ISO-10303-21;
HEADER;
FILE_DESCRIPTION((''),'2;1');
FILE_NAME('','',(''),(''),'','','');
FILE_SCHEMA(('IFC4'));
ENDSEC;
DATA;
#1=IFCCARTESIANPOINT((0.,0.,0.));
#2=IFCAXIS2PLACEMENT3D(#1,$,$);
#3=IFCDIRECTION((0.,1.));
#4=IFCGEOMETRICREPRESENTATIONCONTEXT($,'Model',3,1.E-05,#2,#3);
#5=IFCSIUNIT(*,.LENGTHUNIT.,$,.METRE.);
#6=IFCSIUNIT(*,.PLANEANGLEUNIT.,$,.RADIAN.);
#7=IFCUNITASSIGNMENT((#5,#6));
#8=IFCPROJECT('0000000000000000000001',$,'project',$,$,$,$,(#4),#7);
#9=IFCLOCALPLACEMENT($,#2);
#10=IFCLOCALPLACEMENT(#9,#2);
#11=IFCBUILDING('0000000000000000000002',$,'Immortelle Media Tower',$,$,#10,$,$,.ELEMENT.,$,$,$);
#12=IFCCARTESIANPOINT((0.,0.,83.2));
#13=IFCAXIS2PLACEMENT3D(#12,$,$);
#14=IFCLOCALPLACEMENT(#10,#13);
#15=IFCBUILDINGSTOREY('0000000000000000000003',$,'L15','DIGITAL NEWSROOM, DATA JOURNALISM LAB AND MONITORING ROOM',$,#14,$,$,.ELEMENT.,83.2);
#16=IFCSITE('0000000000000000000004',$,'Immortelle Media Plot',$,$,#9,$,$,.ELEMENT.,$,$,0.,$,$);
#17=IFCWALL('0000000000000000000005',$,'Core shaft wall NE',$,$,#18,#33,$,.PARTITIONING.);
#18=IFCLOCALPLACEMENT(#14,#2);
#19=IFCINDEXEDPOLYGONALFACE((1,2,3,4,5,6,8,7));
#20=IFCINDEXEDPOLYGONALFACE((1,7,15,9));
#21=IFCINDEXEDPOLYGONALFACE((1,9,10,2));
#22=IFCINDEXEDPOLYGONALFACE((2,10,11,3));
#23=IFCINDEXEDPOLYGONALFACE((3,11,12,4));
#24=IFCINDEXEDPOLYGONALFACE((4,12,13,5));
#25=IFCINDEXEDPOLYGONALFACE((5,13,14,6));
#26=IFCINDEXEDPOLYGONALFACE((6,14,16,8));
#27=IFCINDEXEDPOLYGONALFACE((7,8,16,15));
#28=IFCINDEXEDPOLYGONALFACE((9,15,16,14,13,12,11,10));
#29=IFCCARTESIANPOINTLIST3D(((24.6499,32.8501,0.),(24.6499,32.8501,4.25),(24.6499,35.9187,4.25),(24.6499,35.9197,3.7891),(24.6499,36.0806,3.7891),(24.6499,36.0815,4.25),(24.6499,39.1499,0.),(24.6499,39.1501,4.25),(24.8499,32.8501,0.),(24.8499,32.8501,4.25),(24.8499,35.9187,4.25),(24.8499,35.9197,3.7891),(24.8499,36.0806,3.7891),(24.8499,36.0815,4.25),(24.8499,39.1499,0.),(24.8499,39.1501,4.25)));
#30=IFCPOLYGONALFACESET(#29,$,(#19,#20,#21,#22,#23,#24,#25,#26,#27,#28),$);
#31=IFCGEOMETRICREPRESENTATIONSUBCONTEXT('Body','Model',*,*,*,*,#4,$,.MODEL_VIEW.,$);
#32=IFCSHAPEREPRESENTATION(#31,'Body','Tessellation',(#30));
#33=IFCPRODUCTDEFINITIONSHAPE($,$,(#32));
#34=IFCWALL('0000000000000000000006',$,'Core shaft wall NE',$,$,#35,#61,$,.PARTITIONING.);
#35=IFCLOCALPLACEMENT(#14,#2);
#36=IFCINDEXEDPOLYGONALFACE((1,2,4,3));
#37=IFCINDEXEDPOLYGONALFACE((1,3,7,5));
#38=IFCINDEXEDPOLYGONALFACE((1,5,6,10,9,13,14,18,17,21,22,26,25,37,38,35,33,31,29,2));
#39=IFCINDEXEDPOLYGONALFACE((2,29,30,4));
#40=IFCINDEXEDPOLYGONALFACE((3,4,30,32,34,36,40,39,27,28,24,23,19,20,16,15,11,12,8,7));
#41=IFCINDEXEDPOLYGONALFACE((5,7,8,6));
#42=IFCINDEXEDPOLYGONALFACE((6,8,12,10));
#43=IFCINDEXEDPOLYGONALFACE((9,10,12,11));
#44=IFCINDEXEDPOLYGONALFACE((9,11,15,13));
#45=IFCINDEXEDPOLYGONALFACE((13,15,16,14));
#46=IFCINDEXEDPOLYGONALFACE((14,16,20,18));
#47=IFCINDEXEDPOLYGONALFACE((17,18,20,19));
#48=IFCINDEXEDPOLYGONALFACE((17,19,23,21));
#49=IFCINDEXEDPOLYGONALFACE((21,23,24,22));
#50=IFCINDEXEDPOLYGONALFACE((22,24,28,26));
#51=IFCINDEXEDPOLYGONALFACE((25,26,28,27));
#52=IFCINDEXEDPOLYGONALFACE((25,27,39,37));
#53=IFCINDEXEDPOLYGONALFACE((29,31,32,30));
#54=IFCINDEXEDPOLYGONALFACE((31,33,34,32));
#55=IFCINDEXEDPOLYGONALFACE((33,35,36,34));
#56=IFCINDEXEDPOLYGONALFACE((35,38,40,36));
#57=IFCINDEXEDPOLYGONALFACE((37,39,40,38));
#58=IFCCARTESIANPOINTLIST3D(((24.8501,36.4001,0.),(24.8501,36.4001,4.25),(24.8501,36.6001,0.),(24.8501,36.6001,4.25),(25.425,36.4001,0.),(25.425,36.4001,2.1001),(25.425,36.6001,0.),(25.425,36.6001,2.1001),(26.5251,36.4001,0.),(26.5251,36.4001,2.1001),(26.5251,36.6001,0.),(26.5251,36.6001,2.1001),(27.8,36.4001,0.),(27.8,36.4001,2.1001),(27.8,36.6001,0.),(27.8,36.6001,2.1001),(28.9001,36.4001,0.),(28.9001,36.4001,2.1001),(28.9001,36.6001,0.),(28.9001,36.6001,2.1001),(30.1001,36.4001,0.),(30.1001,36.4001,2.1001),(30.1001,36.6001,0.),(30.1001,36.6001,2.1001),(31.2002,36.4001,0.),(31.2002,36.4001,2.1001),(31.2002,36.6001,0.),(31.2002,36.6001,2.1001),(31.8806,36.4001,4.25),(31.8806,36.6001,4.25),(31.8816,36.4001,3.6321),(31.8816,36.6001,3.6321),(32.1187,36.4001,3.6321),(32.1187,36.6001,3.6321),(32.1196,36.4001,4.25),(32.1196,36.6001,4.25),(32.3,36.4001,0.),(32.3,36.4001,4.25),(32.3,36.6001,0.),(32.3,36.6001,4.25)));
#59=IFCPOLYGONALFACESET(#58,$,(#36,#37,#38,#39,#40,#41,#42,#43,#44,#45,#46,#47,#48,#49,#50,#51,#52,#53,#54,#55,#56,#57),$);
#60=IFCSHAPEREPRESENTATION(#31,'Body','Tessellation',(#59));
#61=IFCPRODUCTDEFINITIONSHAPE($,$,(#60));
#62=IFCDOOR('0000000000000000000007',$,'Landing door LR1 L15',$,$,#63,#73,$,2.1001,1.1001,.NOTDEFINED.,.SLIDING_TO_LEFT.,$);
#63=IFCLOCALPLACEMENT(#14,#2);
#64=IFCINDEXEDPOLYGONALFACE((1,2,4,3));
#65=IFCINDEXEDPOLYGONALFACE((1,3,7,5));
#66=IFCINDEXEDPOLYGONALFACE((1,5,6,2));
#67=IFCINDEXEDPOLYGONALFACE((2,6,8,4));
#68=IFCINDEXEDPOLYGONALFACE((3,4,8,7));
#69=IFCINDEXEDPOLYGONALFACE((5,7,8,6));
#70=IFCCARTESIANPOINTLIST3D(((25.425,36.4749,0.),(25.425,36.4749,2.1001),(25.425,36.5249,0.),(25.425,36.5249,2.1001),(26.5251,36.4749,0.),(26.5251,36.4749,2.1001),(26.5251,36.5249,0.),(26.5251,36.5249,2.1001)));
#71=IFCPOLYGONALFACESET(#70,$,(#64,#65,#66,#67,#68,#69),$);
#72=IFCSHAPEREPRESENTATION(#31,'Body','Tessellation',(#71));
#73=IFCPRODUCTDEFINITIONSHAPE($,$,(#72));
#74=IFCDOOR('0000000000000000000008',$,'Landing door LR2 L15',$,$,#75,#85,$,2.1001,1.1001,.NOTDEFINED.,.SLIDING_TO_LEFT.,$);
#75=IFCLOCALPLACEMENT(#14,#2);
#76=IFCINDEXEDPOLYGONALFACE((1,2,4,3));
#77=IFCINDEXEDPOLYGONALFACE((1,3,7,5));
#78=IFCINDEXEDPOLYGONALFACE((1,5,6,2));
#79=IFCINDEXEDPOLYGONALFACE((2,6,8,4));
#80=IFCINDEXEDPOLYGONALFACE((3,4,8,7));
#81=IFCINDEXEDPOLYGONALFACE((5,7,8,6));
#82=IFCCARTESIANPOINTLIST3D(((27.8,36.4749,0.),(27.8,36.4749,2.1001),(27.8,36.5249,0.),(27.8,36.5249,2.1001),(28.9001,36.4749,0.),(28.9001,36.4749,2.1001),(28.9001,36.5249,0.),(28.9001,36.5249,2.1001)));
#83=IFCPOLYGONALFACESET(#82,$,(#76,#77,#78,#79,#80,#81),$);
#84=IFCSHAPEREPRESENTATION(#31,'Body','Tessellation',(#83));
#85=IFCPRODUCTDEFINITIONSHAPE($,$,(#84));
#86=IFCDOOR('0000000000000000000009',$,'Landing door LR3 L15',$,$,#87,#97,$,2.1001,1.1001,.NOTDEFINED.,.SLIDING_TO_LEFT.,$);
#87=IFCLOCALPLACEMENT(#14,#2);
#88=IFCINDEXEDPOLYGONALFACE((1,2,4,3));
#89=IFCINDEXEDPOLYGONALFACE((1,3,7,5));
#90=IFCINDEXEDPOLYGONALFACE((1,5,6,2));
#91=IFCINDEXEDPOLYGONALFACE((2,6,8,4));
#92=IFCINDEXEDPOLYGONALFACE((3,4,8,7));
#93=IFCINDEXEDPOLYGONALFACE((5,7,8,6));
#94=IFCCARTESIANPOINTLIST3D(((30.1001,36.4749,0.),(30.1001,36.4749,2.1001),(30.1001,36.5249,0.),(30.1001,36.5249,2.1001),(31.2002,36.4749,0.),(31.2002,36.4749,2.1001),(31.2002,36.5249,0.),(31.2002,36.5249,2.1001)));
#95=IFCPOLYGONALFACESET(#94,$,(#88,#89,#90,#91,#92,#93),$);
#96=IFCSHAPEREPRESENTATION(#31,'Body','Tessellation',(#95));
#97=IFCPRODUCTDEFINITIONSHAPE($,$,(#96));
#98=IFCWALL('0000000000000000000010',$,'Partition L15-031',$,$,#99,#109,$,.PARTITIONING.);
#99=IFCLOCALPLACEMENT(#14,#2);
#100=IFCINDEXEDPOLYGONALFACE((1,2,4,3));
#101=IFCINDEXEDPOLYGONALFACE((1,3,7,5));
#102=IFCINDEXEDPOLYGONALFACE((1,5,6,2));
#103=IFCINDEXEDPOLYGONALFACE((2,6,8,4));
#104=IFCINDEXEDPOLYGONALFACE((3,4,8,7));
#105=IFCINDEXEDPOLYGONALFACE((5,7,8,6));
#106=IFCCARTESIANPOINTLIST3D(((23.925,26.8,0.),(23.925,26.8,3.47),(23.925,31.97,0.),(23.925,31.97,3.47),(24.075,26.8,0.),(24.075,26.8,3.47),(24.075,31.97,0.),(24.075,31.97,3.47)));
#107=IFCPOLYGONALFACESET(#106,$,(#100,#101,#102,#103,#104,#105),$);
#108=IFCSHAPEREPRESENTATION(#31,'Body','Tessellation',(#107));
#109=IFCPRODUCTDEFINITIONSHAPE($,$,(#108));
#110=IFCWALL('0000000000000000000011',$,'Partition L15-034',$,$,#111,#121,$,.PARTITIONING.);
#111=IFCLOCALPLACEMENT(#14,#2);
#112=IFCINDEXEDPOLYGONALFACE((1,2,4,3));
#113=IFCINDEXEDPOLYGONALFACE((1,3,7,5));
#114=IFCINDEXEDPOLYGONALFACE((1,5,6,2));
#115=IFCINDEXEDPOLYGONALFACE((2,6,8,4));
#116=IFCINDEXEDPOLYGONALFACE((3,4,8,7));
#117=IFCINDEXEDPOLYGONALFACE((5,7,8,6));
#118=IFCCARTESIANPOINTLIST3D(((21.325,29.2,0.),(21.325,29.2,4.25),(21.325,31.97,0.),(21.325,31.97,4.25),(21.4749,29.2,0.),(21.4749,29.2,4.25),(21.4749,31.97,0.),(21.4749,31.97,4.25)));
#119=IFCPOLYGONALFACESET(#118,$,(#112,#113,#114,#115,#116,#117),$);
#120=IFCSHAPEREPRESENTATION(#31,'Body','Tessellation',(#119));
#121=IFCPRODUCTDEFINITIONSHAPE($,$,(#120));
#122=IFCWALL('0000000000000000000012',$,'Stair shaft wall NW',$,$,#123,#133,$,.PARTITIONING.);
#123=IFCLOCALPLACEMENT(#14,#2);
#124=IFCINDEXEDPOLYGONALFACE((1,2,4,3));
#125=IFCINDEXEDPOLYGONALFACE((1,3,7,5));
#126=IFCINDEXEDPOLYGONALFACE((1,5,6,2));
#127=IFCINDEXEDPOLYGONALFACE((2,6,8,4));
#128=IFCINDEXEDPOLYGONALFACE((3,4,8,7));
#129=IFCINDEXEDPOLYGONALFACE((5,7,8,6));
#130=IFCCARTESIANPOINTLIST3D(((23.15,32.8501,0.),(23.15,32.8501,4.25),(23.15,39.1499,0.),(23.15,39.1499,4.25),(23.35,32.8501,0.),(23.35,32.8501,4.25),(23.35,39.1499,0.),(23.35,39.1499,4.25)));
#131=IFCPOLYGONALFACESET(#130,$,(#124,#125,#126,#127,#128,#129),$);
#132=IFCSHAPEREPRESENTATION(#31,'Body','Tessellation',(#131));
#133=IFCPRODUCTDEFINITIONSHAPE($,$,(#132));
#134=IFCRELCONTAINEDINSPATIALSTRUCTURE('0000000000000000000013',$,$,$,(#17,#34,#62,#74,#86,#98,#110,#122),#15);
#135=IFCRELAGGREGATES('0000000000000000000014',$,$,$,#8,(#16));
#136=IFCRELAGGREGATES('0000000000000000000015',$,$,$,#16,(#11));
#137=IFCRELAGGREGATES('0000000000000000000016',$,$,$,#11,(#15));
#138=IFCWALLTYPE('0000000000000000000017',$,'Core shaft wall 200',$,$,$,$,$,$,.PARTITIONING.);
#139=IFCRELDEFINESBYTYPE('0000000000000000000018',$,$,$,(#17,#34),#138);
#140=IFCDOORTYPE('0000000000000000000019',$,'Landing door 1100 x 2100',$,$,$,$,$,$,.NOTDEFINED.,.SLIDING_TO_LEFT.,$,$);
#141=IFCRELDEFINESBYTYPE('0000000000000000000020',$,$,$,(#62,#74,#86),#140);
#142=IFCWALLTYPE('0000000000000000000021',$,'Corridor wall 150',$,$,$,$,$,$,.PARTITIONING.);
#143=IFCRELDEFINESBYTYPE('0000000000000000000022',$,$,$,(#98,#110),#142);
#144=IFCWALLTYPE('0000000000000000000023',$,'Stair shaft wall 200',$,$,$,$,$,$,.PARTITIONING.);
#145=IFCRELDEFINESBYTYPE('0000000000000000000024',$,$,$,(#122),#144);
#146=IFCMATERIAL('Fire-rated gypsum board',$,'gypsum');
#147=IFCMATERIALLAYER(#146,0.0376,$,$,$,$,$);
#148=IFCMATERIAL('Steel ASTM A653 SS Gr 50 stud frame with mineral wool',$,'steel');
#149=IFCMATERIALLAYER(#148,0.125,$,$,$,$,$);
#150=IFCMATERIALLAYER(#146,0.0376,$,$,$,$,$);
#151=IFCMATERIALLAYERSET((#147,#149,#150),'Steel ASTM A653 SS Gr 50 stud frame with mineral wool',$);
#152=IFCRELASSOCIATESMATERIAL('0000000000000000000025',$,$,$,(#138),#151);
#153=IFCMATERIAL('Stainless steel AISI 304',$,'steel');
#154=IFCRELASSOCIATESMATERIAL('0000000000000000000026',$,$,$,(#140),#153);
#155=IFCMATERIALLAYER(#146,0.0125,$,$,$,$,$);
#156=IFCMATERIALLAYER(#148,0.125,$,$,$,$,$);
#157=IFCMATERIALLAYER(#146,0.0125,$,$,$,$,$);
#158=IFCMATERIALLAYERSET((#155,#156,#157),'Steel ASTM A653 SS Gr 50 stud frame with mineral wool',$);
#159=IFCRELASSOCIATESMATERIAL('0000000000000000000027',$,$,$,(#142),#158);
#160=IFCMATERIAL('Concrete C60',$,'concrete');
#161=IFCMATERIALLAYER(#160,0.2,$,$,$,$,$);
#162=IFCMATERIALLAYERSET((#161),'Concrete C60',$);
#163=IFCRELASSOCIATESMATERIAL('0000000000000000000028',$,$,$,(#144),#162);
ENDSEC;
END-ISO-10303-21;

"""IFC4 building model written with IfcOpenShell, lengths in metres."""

from ifc_helpers import new_model, si_unit, direction, frame, frame_2d, origin, place, context, subcontext, project, spatial, polyline, rectangle, outline, extrude, material, layer, layer_set, type_object, element, fill, save


model = new_model("IFC4")

# Units and contexts
model_context = context("Model", 3, precision=1e-05, world=origin(), true_north=direction((0.0, 1.0)))
body_context = subcontext(model_context, "Body", "Model", "MODEL_VIEW")
ifc_project = project(units=[si_unit("LENGTHUNIT", "METRE"), si_unit("PLANEANGLEUNIT", "RADIAN")], contexts=[model_context])

# Site, building, storey
site_placement = place(None, origin())
site = spatial("IfcSite", under=ifc_project, at=site_placement, Name="Immortelle Media Plot", CompositionType="ELEMENT", RefElevation=0.0)
building_placement = place(site_placement, origin())
building = spatial("IfcBuilding", under=site, at=building_placement, Name="Immortelle Media Tower", CompositionType="ELEMENT")
storey_placement = place(building_placement, frame((0.0, 0.0, 83.2)))
storey = spatial("IfcBuildingStorey", under=building, at=storey_placement, Name="L15", Description="DIGITAL NEWSROOM, DATA JOURNALISM LAB AND MONITORING ROOM", CompositionType="ELEMENT", Elevation=83.2)

# Shared definitions
ifc_material_1 = material(Name="Fire-rated gypsum board", Category="gypsum")
ifc_material_2 = material(Name="Steel ASTM A653 SS Gr 50 stud frame with mineral wool", Category="steel")

# Wall
ifc_layer_1 = layer(ifc_material_1, 0.0376)
ifc_layer_2 = layer(ifc_material_2, 0.125)
ifc_layer_3 = layer(ifc_material_1, 0.0376)
ifc_layer_set_1 = layer_set([ifc_layer_1, ifc_layer_2, ifc_layer_3], Name="Steel ASTM A653 SS Gr 50 stud frame with mineral wool")
wall_type_1 = type_object("IfcWallType", Name="Core shaft wall 200", PredefinedType="PARTITIONING", material=ifc_layer_set_1)
wall_1_placement = place(storey_placement, frame((24.75, 32.8501, 0.0), z_axis=(0.0, 0.0, 1.0), x_axis=(0.0, 1.0, 0.0)))
element("IfcWall", 1, at=wall_1_placement, inside=storey, type_object=wall_type_1, Name="Core shaft wall NE", PredefinedType="PARTITIONING", context=body_context, shape_type="SweptSolid", body=[
    extrude(outline(polyline([(0.0, 0.0), (6.2998, 0.0), (6.3, 4.25), (3.2314, 4.25), (3.2305, 3.7891), (3.0696, 3.7891), (3.0686, 4.25), (0.0, 4.25), (0.0, 0.0)])), frame((0.0, 0.1001, 0.0), z_axis=(0.0, -1.0, 0.0), x_axis=(1.0, 0.0, 0.0)), (0.0, 0.0, 1.0), 0.2),
])

# Wall, openings, doors
wall_2_placement = place(storey_placement, frame((24.8501, 36.5, 0.0), z_axis=(0.0, 0.0, 1.0), x_axis=(1.0, 0.0, 0.0)))
wall_2 = element("IfcWall", 2, at=wall_2_placement, inside=storey, type_object=wall_type_1, Name="Core shaft wall NE", PredefinedType="PARTITIONING", context=body_context, shape_type="SweptSolid", body=[
    extrude(outline(polyline([(0.0, 0.0), (7.45, 0.0), (7.45, 4.25), (7.2695, 4.25), (7.2686, 3.6321), (7.0315, 3.6321), (7.0305, 4.25), (0.0, 4.25), (0.0, 0.0)])), frame((0.0, 0.1001, 0.0), z_axis=(0.0, -1.0, 0.0), x_axis=(1.0, 0.0, 0.0)), (0.0, 0.0, 1.0), 0.2),
])
opening_1_placement = place(wall_2_placement, frame((0.575, 0.0, 0.0)))
opening_1 = element("IfcOpeningElement", 3, at=opening_1_placement, cuts=wall_2, PredefinedType="OPENING", context=body_context, shape_type="SweptSolid", body=[
    extrude(rectangle(XDim=1.1001, YDim=2.1001, at=frame_2d((0.55, 1.05))), frame((0.0, 0.1099, 0.0), z_axis=(0.0, -1.0, 0.0), x_axis=(1.0, 0.0, 0.0)), (0.0, 0.0, 1.0), 0.22),
])
opening_2_placement = place(wall_2_placement, frame((2.95, 0.0, 0.0)))
opening_2 = element("IfcOpeningElement", 4, at=opening_2_placement, cuts=wall_2, PredefinedType="OPENING", context=body_context, shape_type="SweptSolid", body=[
    extrude(rectangle(XDim=1.1001, YDim=2.1001, at=frame_2d((0.55, 1.05))), frame((0.0, 0.1099, 0.0), z_axis=(0.0, -1.0, 0.0), x_axis=(1.0, 0.0, 0.0)), (0.0, 0.0, 1.0), 0.22),
])
opening_3_placement = place(wall_2_placement, frame((5.25, 0.0, 0.0)))
opening_3 = element("IfcOpeningElement", 5, at=opening_3_placement, cuts=wall_2, PredefinedType="OPENING", context=body_context, shape_type="SweptSolid", body=[
    extrude(rectangle(XDim=1.1001, YDim=2.1001, at=frame_2d((0.55, 1.05))), frame((0.0, 0.1099, 0.0), z_axis=(0.0, -1.0, 0.0), x_axis=(1.0, 0.0, 0.0)), (0.0, 0.0, 1.0), 0.22),
])
ifc_material_3 = material(Name="Stainless steel AISI 304", Category="steel")
door_type_1 = type_object("IfcDoorType", Name="Landing door 1100 x 2100", OperationType="SLIDING_TO_LEFT", PredefinedType="NOTDEFINED", material=ifc_material_3)
door_1_placement = place(opening_1_placement, origin())
door_1 = element("IfcDoor", 6, at=door_1_placement, inside=storey, type_object=door_type_1, Name="Landing door LR1 L15", OperationType="SLIDING_TO_LEFT", OverallHeight=2.1001, OverallWidth=1.1001, PredefinedType="NOTDEFINED", context=body_context, shape_type="SweptSolid", body=[
    extrude(rectangle(XDim=1.1001, YDim=2.1001, at=frame_2d((0.55, 1.05))), frame((0.0, 0.0249, 0.0), z_axis=(0.0, -1.0, 0.0), x_axis=(1.0, 0.0, 0.0)), (0.0, 0.0, 1.0), 0.05),
])
fill(opening_1, door_1)
door_2_placement = place(opening_2_placement, origin())
door_2 = element("IfcDoor", 7, at=door_2_placement, inside=storey, type_object=door_type_1, Name="Landing door LR2 L15", OperationType="SLIDING_TO_LEFT", OverallHeight=2.1001, OverallWidth=1.1001, PredefinedType="NOTDEFINED", context=body_context, shape_type="SweptSolid", body=[
    extrude(rectangle(XDim=1.1001, YDim=2.1001, at=frame_2d((0.55, 1.05))), frame((0.0, 0.0249, 0.0), z_axis=(0.0, -1.0, 0.0), x_axis=(1.0, 0.0, 0.0)), (0.0, 0.0, 1.0), 0.05),
])
fill(opening_2, door_2)
door_3_placement = place(opening_3_placement, origin())
door_3 = element("IfcDoor", 8, at=door_3_placement, inside=storey, type_object=door_type_1, Name="Landing door LR3 L15", OperationType="SLIDING_TO_LEFT", OverallHeight=2.1001, OverallWidth=1.1001, PredefinedType="NOTDEFINED", context=body_context, shape_type="SweptSolid", body=[
    extrude(rectangle(XDim=1.1001, YDim=2.1001, at=frame_2d((0.55, 1.05))), frame((0.0, 0.0249, 0.0), z_axis=(0.0, -1.0, 0.0), x_axis=(1.0, 0.0, 0.0)), (0.0, 0.0, 1.0), 0.05),
])
fill(opening_3, door_3)

# Walls
ifc_layer_4 = layer(ifc_material_1, 0.0125)
ifc_layer_5 = layer(ifc_material_2, 0.125)
ifc_layer_6 = layer(ifc_material_1, 0.0125)
ifc_layer_set_2 = layer_set([ifc_layer_4, ifc_layer_5, ifc_layer_6], Name="Steel ASTM A653 SS Gr 50 stud frame with mineral wool")
wall_type_2 = type_object("IfcWallType", Name="Corridor wall 150", PredefinedType="PARTITIONING", material=ifc_layer_set_2)
wall_3_placement = place(storey_placement, frame((24.0, 26.8, 0.0), z_axis=(0.0, 0.0, 1.0), x_axis=(0.0, 1.0, 0.0)))
element("IfcWall", 9, at=wall_3_placement, inside=storey, type_object=wall_type_2, Name="Partition L15-031", PredefinedType="PARTITIONING", context=body_context, shape_type="SweptSolid", body=[
    extrude(rectangle(XDim=5.1699, YDim=0.1499, at=frame_2d((2.585, 0.0))), origin(), (0.0, 0.0, 1.0), 3.47),
])
wall_4_placement = place(storey_placement, frame((21.3999, 29.2, 0.0), z_axis=(0.0, 0.0, 1.0), x_axis=(0.0, 1.0, 0.0)))
element("IfcWall", 10, at=wall_4_placement, inside=storey, type_object=wall_type_2, Name="Partition L15-034", PredefinedType="PARTITIONING", context=body_context, shape_type="SweptSolid", body=[
    extrude(rectangle(XDim=2.77, YDim=0.1499, at=frame_2d((1.385, 0.0))), origin(), (0.0, 0.0, 1.0), 4.25),
])
ifc_material_4 = material(Name="Concrete C60", Category="concrete")
ifc_layer_7 = layer(ifc_material_4, 0.2)
ifc_layer_set_3 = layer_set([ifc_layer_7], Name="Concrete C60")
wall_type_3 = type_object("IfcWallType", Name="Stair shaft wall 200", PredefinedType="PARTITIONING", material=ifc_layer_set_3)
wall_5_placement = place(storey_placement, frame((23.25, 32.8501, 0.0), z_axis=(0.0, 0.0, 1.0), x_axis=(0.0, 1.0, 0.0)))
element("IfcWall", 11, at=wall_5_placement, inside=storey, type_object=wall_type_3, Name="Stair shaft wall NW", PredefinedType="PARTITIONING", context=body_context, shape_type="SweptSolid", body=[
    extrude(rectangle(XDim=6.2998, YDim=0.2, at=frame_2d((3.1499, 0.0))), origin(), (0.0, 0.0, 1.0), 4.25),
])

save(model, "model.ifc")
